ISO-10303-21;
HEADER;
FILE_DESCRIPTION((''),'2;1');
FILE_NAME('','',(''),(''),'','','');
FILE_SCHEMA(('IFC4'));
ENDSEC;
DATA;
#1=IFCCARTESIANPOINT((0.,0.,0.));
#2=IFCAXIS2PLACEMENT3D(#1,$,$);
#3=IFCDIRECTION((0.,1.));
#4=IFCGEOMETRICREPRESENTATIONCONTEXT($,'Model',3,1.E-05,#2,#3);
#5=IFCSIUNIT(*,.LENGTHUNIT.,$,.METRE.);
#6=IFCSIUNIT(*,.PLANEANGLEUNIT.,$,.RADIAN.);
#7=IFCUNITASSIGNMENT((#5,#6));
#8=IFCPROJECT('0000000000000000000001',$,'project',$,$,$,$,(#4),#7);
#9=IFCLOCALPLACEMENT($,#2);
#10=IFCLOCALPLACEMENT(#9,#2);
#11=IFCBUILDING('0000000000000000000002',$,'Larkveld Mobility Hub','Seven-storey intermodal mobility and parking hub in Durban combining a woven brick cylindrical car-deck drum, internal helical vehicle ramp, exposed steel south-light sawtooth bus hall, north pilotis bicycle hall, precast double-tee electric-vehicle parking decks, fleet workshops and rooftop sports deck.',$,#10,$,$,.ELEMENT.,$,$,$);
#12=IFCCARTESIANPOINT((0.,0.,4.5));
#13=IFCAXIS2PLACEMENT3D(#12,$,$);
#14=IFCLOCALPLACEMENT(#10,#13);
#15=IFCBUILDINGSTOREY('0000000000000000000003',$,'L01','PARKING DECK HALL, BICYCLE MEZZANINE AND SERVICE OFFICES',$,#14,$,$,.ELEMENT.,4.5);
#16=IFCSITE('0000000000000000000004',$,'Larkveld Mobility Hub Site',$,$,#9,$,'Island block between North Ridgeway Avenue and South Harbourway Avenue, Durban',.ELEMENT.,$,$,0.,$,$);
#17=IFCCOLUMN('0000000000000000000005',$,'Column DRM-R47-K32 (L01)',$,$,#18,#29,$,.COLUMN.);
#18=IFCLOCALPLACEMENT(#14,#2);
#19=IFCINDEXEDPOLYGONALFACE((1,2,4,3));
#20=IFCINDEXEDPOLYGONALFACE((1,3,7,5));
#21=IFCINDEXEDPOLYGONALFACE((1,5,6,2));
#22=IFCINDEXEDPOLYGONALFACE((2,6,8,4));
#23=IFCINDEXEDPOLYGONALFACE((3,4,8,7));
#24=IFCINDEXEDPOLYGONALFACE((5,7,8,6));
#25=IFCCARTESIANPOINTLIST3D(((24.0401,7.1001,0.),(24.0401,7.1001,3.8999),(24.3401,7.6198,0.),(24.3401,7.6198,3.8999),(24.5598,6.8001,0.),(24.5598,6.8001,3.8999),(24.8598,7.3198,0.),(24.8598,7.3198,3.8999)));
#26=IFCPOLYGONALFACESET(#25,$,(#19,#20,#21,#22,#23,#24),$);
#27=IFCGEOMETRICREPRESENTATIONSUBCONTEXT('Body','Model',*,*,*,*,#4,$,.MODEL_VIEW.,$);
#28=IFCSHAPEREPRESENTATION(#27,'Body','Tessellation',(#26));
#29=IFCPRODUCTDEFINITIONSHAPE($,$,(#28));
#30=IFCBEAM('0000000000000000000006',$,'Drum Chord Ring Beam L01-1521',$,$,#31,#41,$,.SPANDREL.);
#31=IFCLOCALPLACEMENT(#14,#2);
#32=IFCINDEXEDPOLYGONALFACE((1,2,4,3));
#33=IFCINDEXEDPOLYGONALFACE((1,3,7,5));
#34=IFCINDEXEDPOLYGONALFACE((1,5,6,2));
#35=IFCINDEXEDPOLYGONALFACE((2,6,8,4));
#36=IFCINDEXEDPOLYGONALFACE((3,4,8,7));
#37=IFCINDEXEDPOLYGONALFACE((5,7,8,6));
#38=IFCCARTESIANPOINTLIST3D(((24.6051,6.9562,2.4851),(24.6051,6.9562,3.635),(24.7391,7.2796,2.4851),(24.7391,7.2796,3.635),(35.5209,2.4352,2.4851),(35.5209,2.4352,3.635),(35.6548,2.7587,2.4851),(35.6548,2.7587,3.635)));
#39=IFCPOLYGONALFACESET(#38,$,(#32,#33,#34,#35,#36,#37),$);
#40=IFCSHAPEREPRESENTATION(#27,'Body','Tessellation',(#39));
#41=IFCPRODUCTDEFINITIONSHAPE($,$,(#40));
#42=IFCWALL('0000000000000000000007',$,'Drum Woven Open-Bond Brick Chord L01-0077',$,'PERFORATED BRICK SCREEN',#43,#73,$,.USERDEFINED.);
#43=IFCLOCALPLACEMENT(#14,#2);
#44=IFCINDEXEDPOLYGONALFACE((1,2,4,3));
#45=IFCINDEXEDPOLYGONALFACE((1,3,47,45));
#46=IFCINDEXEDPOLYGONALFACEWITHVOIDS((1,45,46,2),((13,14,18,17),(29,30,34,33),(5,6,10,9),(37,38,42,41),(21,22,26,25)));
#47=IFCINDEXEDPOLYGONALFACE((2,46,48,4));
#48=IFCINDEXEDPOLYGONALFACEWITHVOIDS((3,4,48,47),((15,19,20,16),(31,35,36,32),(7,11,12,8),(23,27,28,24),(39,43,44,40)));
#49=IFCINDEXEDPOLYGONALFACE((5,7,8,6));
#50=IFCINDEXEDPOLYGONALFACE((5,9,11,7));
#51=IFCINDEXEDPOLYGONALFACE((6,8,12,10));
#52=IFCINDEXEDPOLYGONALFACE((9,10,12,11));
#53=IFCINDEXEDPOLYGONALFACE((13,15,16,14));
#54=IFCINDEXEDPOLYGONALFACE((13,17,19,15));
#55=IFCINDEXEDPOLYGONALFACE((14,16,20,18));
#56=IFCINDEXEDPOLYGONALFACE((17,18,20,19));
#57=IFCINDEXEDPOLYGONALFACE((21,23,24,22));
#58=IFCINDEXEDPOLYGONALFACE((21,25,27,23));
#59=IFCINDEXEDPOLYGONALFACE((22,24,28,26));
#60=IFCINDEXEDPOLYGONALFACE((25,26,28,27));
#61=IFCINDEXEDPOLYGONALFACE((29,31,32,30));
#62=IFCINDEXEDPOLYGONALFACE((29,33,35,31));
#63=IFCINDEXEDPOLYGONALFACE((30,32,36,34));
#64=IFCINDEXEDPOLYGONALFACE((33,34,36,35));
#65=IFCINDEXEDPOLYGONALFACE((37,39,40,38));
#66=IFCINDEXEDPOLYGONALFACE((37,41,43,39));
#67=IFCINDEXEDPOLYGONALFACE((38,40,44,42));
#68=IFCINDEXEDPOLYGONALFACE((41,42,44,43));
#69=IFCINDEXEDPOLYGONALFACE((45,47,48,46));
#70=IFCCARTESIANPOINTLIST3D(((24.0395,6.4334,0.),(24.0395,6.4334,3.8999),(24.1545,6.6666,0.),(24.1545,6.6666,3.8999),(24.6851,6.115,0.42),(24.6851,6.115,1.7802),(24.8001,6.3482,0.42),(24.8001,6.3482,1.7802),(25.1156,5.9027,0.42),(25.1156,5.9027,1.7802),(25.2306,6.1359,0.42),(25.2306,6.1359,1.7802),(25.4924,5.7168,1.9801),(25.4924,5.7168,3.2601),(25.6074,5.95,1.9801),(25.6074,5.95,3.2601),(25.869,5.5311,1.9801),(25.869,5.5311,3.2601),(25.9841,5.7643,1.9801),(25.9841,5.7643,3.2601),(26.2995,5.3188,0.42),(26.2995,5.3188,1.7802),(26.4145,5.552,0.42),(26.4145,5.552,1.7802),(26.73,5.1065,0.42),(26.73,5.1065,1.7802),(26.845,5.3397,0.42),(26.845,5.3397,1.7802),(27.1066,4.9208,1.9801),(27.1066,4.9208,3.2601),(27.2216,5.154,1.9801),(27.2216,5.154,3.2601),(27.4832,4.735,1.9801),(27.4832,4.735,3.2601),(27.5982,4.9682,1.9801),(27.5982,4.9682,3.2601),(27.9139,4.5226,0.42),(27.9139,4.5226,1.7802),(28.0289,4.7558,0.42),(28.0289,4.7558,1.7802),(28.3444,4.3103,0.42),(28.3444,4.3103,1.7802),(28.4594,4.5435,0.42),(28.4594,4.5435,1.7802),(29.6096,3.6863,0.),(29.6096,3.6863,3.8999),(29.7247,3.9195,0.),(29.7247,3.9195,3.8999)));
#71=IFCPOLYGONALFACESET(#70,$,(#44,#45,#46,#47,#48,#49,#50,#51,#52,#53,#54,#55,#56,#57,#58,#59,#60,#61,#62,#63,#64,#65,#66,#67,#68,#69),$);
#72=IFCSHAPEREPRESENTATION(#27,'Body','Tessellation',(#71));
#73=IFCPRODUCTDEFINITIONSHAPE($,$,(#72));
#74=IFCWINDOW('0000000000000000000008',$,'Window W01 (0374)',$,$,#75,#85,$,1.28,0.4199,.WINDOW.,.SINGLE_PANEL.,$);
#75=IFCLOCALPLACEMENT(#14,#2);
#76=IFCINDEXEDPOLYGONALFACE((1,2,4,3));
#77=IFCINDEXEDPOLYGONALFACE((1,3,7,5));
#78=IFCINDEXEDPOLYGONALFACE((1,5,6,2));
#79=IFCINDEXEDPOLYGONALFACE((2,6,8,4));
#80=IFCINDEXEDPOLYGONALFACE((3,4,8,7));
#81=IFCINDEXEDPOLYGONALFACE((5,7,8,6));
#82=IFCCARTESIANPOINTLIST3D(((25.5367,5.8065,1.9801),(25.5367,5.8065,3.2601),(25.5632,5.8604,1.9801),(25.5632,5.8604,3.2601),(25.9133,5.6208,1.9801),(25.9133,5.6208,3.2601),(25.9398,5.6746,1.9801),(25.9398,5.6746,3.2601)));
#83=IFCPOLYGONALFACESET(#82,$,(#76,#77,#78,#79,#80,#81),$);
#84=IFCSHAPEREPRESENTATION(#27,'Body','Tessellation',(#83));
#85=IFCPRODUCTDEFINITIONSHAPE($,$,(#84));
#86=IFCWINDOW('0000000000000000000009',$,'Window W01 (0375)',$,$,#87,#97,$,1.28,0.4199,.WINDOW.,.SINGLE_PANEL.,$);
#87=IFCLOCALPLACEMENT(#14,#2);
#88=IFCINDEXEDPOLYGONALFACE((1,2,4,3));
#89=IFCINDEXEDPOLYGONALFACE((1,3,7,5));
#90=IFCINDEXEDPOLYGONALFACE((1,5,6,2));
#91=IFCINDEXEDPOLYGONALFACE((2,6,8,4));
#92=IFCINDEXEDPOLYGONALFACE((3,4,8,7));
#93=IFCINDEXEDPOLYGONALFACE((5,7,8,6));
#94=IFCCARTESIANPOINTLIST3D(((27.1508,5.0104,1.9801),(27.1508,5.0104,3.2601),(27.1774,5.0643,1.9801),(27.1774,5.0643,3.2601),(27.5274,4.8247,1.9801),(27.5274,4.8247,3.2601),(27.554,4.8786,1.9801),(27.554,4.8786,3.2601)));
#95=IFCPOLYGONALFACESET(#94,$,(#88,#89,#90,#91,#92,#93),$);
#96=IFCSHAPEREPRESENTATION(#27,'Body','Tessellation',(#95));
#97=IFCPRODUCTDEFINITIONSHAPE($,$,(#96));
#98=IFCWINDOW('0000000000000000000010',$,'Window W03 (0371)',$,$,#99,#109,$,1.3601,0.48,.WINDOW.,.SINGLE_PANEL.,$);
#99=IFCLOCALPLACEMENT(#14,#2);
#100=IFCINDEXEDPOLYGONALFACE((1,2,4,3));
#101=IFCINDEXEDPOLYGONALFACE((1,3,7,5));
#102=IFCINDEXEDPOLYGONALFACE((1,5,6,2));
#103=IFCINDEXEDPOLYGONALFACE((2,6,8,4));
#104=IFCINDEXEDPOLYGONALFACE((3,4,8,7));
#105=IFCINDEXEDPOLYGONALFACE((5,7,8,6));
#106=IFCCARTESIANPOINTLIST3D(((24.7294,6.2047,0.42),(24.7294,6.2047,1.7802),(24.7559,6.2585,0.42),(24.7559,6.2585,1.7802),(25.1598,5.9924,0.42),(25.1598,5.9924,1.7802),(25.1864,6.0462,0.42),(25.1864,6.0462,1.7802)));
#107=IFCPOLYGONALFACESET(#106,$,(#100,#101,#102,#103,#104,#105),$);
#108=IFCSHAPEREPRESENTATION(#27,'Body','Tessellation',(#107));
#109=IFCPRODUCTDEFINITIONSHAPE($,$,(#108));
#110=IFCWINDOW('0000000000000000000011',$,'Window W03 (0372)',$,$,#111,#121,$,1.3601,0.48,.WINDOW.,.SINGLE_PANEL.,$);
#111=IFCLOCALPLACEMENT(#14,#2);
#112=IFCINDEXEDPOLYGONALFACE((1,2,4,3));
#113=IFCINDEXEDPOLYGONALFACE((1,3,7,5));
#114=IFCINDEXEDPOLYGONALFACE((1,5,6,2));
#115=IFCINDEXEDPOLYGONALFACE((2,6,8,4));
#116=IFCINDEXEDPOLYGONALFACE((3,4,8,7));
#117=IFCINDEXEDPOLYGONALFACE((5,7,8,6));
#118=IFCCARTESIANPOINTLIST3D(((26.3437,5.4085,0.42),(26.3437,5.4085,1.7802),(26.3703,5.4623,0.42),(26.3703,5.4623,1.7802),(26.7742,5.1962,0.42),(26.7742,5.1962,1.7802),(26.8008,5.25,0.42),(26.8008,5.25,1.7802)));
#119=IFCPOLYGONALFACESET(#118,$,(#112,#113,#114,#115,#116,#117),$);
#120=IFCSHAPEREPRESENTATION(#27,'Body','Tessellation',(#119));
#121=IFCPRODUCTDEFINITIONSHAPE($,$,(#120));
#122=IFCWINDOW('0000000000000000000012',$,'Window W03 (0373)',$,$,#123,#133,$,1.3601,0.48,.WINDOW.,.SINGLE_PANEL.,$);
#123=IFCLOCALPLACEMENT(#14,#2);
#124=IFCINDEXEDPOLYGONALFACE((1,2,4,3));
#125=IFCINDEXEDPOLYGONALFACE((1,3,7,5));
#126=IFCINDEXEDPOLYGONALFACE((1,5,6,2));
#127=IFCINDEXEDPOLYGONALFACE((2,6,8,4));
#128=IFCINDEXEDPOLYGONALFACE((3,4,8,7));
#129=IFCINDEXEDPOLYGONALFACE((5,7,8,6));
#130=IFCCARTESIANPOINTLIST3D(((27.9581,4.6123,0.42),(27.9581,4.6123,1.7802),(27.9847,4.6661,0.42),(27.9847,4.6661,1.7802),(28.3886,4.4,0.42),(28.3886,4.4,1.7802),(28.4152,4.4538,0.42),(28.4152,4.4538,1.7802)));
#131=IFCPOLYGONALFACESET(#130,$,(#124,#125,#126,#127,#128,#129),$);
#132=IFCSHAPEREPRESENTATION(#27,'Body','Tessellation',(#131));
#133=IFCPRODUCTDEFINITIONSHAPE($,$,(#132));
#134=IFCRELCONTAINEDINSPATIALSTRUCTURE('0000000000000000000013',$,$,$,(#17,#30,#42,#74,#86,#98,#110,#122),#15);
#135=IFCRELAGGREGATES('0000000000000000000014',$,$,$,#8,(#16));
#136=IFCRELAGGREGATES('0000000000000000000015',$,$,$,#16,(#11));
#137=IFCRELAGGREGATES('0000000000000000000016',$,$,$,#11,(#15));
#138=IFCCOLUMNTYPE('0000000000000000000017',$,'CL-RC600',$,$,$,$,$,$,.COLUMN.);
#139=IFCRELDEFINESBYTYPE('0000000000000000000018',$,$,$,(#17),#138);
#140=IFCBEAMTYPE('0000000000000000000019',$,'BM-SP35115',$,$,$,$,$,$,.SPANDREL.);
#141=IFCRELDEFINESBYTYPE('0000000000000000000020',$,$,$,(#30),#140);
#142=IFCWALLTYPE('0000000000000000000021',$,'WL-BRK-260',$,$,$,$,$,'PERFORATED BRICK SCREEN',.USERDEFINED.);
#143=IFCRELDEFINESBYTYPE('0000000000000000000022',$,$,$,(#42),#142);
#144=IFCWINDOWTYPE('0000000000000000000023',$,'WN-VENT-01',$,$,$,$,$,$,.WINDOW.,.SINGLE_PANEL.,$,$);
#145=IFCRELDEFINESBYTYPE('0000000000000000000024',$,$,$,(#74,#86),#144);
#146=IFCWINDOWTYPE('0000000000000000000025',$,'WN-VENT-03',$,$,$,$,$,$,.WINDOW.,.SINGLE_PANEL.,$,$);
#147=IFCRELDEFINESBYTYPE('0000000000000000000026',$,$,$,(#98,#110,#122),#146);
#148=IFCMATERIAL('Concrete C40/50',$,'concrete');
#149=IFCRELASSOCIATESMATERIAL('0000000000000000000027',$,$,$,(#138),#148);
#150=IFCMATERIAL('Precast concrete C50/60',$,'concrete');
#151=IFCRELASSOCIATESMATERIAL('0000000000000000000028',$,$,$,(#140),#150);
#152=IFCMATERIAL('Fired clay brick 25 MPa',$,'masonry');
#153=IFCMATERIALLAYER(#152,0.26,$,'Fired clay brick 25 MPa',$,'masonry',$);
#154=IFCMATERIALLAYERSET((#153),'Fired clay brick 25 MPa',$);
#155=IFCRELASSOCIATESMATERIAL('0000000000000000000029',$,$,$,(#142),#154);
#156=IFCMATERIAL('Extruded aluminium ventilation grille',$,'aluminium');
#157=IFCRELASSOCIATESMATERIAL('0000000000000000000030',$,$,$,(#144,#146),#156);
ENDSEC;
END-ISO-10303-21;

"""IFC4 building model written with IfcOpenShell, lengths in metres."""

from ifc_helpers import new_model, si_unit, direction, frame, frame_2d, origin, origin_2d, place, context, subcontext, project, spatial, rectangle, extrude, material, layer, layer_set, material_profile, profile_set, type_object, element, fill, save


model = new_model("IFC4")

# Units and contexts
model_context = context("Model", 3, precision=1e-05, world=origin(), true_north=direction((0.0, 1.0)))
body_context = subcontext(model_context, "Body", "Model", "MODEL_VIEW")
ifc_project = project(units=[si_unit("LENGTHUNIT", "METRE"), si_unit("PLANEANGLEUNIT", "RADIAN")], contexts=[model_context])

# Site, building, storey
site_placement = place(None, origin())
site = spatial("IfcSite", under=ifc_project, at=site_placement, Name="Larkveld Mobility Hub Site", LongName="Island block between North Ridgeway Avenue and South Harbourway Avenue, Durban", CompositionType="ELEMENT", RefElevation=0.0)
building_placement = place(site_placement, origin())
building = spatial("IfcBuilding", under=site, at=building_placement, Name="Larkveld Mobility Hub", Description="Seven-storey intermodal mobility and parking hub in Durban combining a woven brick cylindrical car-deck drum, internal helical vehicle ramp, exposed steel south-light sawtooth bus hall, north pilotis bicycle hall, precast double-tee electric-vehicle parking decks, fleet workshops and rooftop sports deck.", CompositionType="ELEMENT")
storey_placement = place(building_placement, frame((0.0, 0.0, 4.5)))
storey = spatial("IfcBuildingStorey", under=building, at=storey_placement, Name="L01", Description="PARKING DECK HALL, BICYCLE MEZZANINE AND SERVICE OFFICES", CompositionType="ELEMENT", Elevation=4.5)

# Column
ifc_material_1 = material(Name="Concrete C40/50", Category="concrete")
ifc_material_profile_1 = material_profile(ifc_material_1, rectangle(XDim=0.6001, YDim=0.6001, at=origin_2d()), Name="RC COL 600x600")
ifc_profile_set_1 = profile_set([ifc_material_profile_1], Name="Concrete C40/50")
column_type = type_object("IfcColumnType", Name="CL-RC600", PredefinedType="COLUMN", material=ifc_profile_set_1)
column_placement = place(storey_placement, frame((24.45, 7.21, 0.0), z_axis=(0.0, 0.0, 1.0), x_axis=(0.5, 0.866025, 0.0)))
element("IfcColumn", 1, at=column_placement, inside=storey, type_object=column_type, Name="Column DRM-R47-K32 (L01)", PredefinedType="COLUMN", context=body_context, shape_type="SweptSolid", body=[
    extrude(rectangle(XDim=0.6001, YDim=0.6001, at=origin_2d()), origin(), (0.0, 0.0, 1.0), 3.8999),
])

# Beam
ifc_material_2 = material(Name="Precast concrete C50/60", Category="concrete")
ifc_material_profile_2 = material_profile(ifc_material_2, rectangle(XDim=0.3501, YDim=1.1499, at=origin_2d()), Name="PC SP 350x1150")
ifc_profile_set_2 = profile_set([ifc_material_profile_2], Name="Precast concrete C50/60")
beam_type = type_object("IfcBeamType", Name="BM-SP35115", PredefinedType="SPANDREL", material=ifc_profile_set_2)
beam_placement = place(storey_placement, frame((24.6721, 7.1179, 3.0601), z_axis=(0.923893, -0.38265, 0.0), x_axis=(0.38265, 0.923893, 0.0)))
element("IfcBeam", 2, at=beam_placement, inside=storey, type_object=beam_type, Name="Drum Chord Ring Beam L01-1521", PredefinedType="SPANDREL", context=body_context, shape_type="SweptSolid", body=[
    extrude(rectangle(XDim=0.3501, YDim=1.1499, at=origin_2d()), origin(), (0.0, 0.0, 1.0), 11.8149),
])

# Wall, openings, windows
ifc_material_3 = material(Name="Fired clay brick 25 MPa", Category="masonry")
ifc_layer_1 = layer(ifc_material_3, 0.26, Name="Fired clay brick 25 MPa", Category="masonry")
ifc_layer_set_1 = layer_set([ifc_layer_1], Name="Fired clay brick 25 MPa")
wall_type_1 = type_object("IfcWallType", Name="WL-BRK-260", ElementType="PERFORATED BRICK SCREEN", PredefinedType="USERDEFINED", material=ifc_layer_set_1)
wall_1_placement = place(storey_placement, frame((24.0969, 6.55, 0.0), z_axis=(0.0, 0.0, 1.0), x_axis=(0.896859, -0.442317, 0.0)))
wall_1 = element("IfcWall", 3, at=wall_1_placement, inside=storey, type_object=wall_type_1, Name="Drum Woven Open-Bond Brick Chord L01-0077", ObjectType="PERFORATED BRICK SCREEN", PredefinedType="USERDEFINED", context=body_context, shape_type="SweptSolid", body=[
    extrude(rectangle(XDim=6.2107, YDim=0.26, at=frame_2d((3.1055, 0.0))), origin(), (0.0, 0.0, 1.0), 3.8999),
])
opening_1_placement = place(wall_1_placement, frame((0.72, 0.0, 0.4199)))
opening_1 = element("IfcOpeningElement", 4, at=opening_1_placement, cuts=wall_1, PredefinedType="OPENING", context=body_context, shape_type="SweptSolid", body=[
    extrude(rectangle(XDim=0.48, YDim=1.3601, at=frame_2d((0.24, 0.6802))), frame((0.0, 0.1401, 0.0), z_axis=(0.0, -1.0, 0.0), x_axis=(1.0, 0.0, 0.0)), (0.0, 0.0, 1.0), 0.28),
])
opening_2_placement = place(wall_1_placement, frame((2.52, 0.0, 0.4199)))
opening_2 = element("IfcOpeningElement", 5, at=opening_2_placement, cuts=wall_1, PredefinedType="OPENING", context=body_context, shape_type="SweptSolid", body=[
    extrude(rectangle(XDim=0.48, YDim=1.3601, at=frame_2d((0.24, 0.6802))), frame((0.0, 0.1401, 0.0), z_axis=(0.0, -1.0, 0.0), x_axis=(1.0, 0.0, 0.0)), (0.0, 0.0, 1.0), 0.28),
])
opening_3_placement = place(wall_1_placement, frame((4.3201, 0.0, 0.4199)))
opening_3 = element("IfcOpeningElement", 6, at=opening_3_placement, cuts=wall_1, PredefinedType="OPENING", context=body_context, shape_type="SweptSolid", body=[
    extrude(rectangle(XDim=0.48, YDim=1.3601, at=frame_2d((0.24, 0.6802))), frame((0.0, 0.1401, 0.0), z_axis=(0.0, -1.0, 0.0), x_axis=(1.0, 0.0, 0.0)), (0.0, 0.0, 1.0), 0.28),
])
opening_4_placement = place(wall_1_placement, frame((1.6201, 0.0, 1.98)))
opening_4 = element("IfcOpeningElement", 7, at=opening_4_placement, cuts=wall_1, PredefinedType="OPENING", context=body_context, shape_type="SweptSolid", body=[
    extrude(rectangle(XDim=0.4199, YDim=1.28, at=frame_2d((0.21, 0.6401))), frame((0.0, 0.1401, 0.0), z_axis=(0.0, -1.0, 0.0), x_axis=(1.0, 0.0, 0.0)), (0.0, 0.0, 1.0), 0.28),
])
opening_5_placement = place(wall_1_placement, frame((3.4199, 0.0, 1.98)))
opening_5 = element("IfcOpeningElement", 8, at=opening_5_placement, cuts=wall_1, PredefinedType="OPENING", context=body_context, shape_type="SweptSolid", body=[
    extrude(rectangle(XDim=0.4199, YDim=1.28, at=frame_2d((0.21, 0.6401))), frame((0.0, 0.1401, 0.0), z_axis=(0.0, -1.0, 0.0), x_axis=(1.0, 0.0, 0.0)), (0.0, 0.0, 1.0), 0.28),
])
ifc_material_4 = material(Name="Extruded aluminium ventilation grille", Category="aluminium")
window_type_1 = type_object("IfcWindowType", Name="WN-VENT-01", PartitioningType="SINGLE_PANEL", PredefinedType="WINDOW", material=ifc_material_4)
window_1_placement = place(opening_4_placement, origin())
window_1 = element("IfcWindow", 9, at=window_1_placement, inside=storey, type_object=window_type_1, Name="Window W01 (0374)", OverallHeight=1.28, OverallWidth=0.4199, PartitioningType="SINGLE_PANEL", PredefinedType="WINDOW", context=body_context, shape_type="SweptSolid", body=[
    extrude(rectangle(XDim=0.4199, YDim=1.28, at=frame_2d((0.21, 0.6401))), frame((0.0, 0.03, 0.0), z_axis=(0.0, -1.0, 0.0), x_axis=(1.0, 0.0, 0.0)), (0.0, 0.0, 1.0), 0.0601),
])
fill(opening_4, window_1)
window_2_placement = place(opening_5_placement, origin())
window_2 = element("IfcWindow", 10, at=window_2_placement, inside=storey, type_object=window_type_1, Name="Window W01 (0375)", OverallHeight=1.28, OverallWidth=0.4199, PartitioningType="SINGLE_PANEL", PredefinedType="WINDOW", context=body_context, shape_type="SweptSolid", body=[
    extrude(rectangle(XDim=0.4199, YDim=1.28, at=frame_2d((0.21, 0.6401))), frame((0.0, 0.03, 0.0), z_axis=(0.0, -1.0, 0.0), x_axis=(1.0, 0.0, 0.0)), (0.0, 0.0, 1.0), 0.0601),
])
fill(opening_5, window_2)
window_type_2 = type_object("IfcWindowType", Name="WN-VENT-03", PartitioningType="SINGLE_PANEL", PredefinedType="WINDOW", material=ifc_material_4)
window_3_placement = place(opening_1_placement, origin())
window_3 = element("IfcWindow", 11, at=window_3_placement, inside=storey, type_object=window_type_2, Name="Window W03 (0371)", OverallHeight=1.3601, OverallWidth=0.48, PartitioningType="SINGLE_PANEL", PredefinedType="WINDOW", context=body_context, shape_type="SweptSolid", body=[
    extrude(rectangle(XDim=0.48, YDim=1.3601, at=frame_2d((0.24, 0.6802))), frame((0.0, 0.03, 0.0), z_axis=(0.0, -1.0, 0.0), x_axis=(1.0, 0.0, 0.0)), (0.0, 0.0, 1.0), 0.0601),
])
fill(opening_1, window_3)
window_4_placement = place(opening_2_placement, origin())
window_4 = element("IfcWindow", 12, at=window_4_placement, inside=storey, type_object=window_type_2, Name="Window W03 (0372)", OverallHeight=1.3601, OverallWidth=0.48, PartitioningType="SINGLE_PANEL", PredefinedType="WINDOW", context=body_context, shape_type="SweptSolid", body=[
    extrude(rectangle(XDim=0.48, YDim=1.3601, at=frame_2d((0.24, 0.6802))), frame((0.0, 0.03, 0.0), z_axis=(0.0, -1.0, 0.0), x_axis=(1.0, 0.0, 0.0)), (0.0, 0.0, 1.0), 0.0601),
])
fill(opening_2, window_4)
window_5_placement = place(opening_3_placement, origin())
window_5 = element("IfcWindow", 13, at=window_5_placement, inside=storey, type_object=window_type_2, Name="Window W03 (0373)", OverallHeight=1.3601, OverallWidth=0.48, PartitioningType="SINGLE_PANEL", PredefinedType="WINDOW", context=body_context, shape_type="SweptSolid", body=[
    extrude(rectangle(XDim=0.48, YDim=1.3601, at=frame_2d((0.24, 0.6802))), frame((0.0, 0.03, 0.0), z_axis=(0.0, -1.0, 0.0), x_axis=(1.0, 0.0, 0.0)), (0.0, 0.0, 1.0), 0.0601),
])
fill(opening_3, window_5)

save(model, "model.ifc")
